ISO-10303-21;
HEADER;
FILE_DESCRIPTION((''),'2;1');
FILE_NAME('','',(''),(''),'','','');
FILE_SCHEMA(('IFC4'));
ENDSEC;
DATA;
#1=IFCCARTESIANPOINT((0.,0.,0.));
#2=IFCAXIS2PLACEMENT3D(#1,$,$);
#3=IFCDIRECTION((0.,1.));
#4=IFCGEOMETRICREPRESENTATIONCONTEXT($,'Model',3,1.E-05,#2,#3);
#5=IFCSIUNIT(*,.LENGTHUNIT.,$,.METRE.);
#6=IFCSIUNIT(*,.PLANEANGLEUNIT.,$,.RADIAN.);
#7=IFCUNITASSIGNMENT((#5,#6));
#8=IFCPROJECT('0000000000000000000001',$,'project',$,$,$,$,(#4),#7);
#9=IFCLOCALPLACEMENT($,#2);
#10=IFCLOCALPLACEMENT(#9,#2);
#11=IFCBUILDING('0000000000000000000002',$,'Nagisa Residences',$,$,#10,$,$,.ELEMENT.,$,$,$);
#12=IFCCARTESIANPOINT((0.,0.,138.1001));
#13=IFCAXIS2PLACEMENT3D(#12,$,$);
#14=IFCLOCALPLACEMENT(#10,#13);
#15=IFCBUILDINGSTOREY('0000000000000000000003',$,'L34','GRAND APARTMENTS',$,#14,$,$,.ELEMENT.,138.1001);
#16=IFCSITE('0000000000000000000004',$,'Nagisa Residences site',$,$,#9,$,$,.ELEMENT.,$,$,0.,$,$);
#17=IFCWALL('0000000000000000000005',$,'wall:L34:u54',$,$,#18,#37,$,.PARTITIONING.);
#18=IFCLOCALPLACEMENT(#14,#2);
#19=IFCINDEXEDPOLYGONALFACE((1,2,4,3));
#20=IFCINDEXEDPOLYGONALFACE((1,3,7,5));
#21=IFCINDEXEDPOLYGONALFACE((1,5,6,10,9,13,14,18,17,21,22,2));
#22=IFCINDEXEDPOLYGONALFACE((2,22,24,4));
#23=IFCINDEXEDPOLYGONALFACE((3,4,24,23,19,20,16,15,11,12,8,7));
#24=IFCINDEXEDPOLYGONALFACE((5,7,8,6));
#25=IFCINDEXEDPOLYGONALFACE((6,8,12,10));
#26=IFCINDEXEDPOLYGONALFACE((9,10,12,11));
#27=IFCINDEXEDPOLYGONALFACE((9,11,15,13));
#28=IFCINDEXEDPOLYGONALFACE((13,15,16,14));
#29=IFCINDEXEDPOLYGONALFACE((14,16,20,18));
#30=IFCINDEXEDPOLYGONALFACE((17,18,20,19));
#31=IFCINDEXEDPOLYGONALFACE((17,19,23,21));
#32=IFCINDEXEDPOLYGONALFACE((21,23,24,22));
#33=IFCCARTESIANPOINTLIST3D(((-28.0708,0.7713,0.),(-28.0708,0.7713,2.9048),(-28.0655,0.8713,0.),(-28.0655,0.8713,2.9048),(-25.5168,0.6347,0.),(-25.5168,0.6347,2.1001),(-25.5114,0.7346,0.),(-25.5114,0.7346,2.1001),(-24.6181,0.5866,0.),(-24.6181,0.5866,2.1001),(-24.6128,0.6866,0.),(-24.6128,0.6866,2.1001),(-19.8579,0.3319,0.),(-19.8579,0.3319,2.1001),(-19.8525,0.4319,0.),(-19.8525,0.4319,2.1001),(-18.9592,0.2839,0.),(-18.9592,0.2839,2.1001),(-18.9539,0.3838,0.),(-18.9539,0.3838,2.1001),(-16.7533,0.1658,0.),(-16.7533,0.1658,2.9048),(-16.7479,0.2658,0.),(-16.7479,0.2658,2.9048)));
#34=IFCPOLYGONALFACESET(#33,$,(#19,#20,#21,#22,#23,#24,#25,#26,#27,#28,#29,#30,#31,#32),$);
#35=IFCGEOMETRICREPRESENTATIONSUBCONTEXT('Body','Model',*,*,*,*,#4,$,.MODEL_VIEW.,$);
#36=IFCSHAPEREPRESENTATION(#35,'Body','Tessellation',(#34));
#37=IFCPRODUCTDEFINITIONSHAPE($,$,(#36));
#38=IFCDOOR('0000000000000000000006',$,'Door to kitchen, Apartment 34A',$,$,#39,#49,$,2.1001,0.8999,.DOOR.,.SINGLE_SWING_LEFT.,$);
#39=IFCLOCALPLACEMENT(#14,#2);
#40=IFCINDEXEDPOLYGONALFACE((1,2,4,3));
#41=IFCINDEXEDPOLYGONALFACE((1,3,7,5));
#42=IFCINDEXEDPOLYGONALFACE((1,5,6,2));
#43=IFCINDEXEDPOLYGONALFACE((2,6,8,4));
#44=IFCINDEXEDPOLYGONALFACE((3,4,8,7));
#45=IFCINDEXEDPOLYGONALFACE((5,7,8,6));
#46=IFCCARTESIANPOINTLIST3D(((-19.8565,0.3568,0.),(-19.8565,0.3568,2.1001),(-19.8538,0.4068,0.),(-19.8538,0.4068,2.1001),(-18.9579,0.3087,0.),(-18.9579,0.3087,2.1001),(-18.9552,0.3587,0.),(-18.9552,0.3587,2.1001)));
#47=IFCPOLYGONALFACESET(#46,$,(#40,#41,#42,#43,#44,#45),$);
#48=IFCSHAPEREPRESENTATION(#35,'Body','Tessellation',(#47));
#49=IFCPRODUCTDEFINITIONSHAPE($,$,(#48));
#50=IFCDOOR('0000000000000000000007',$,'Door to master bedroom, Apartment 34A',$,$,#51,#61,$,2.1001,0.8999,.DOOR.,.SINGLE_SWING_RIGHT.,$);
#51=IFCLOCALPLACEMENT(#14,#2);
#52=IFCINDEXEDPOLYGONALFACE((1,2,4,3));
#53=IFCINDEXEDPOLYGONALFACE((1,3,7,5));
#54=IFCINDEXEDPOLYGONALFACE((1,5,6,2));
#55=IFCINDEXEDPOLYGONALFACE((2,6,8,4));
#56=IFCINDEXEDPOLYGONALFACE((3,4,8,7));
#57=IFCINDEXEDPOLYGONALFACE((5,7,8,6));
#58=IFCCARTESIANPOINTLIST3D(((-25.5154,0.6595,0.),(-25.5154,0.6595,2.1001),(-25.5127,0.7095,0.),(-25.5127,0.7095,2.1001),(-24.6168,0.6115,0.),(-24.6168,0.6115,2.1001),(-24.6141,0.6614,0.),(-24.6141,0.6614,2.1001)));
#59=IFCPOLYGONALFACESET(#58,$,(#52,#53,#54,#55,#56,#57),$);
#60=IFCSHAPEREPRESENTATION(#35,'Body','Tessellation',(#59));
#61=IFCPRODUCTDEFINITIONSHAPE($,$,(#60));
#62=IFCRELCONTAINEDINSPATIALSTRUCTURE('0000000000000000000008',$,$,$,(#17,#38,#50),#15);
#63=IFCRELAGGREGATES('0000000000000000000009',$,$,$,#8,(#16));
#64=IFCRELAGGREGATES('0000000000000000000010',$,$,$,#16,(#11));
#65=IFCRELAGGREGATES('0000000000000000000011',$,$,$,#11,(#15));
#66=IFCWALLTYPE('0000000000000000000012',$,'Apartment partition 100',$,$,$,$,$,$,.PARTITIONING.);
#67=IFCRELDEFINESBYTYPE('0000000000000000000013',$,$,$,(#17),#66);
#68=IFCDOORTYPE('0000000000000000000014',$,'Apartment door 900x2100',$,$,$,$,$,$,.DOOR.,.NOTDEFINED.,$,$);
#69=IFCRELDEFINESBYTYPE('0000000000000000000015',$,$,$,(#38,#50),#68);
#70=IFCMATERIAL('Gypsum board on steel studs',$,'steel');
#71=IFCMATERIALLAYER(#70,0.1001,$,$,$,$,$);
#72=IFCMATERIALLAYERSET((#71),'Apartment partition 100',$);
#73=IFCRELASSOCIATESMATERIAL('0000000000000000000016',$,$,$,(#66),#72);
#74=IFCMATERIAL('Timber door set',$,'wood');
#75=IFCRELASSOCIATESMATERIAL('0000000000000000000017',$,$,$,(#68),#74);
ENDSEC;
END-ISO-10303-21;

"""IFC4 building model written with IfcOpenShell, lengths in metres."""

from ifc_helpers import new_model, si_unit, direction, frame, frame_2d, origin, place, context, subcontext, project, spatial, rectangle, extrude, material, layer, layer_set, type_object, element, fill, save


model = new_model("IFC4")

# Units and contexts
model_context = context("Model", 3, precision=1e-05, world=origin(), true_north=direction((0.0, 1.0)))
body_context = subcontext(model_context, "Body", "Model", "MODEL_VIEW")
ifc_project = project(units=[si_unit("LENGTHUNIT", "METRE"), si_unit("PLANEANGLEUNIT", "RADIAN")], contexts=[model_context])

# Site, building, storey
site_placement = place(None, origin())
site = spatial("IfcSite", under=ifc_project, at=site_placement, Name="Nagisa Residences site", CompositionType="ELEMENT", RefElevation=0.0)
building_placement = place(site_placement, origin())
building = spatial("IfcBuilding", under=site, at=building_placement, Name="Nagisa Residences", CompositionType="ELEMENT")
storey_placement = place(building_placement, frame((0.0, 0.0, 138.1001)))
storey = spatial("IfcBuildingStorey", under=building, at=storey_placement, Name="L34", Description="GRAND APARTMENTS", CompositionType="ELEMENT", Elevation=138.1001)

# Shared definitions
ifc_material_1 = material(Name="Gypsum board on steel studs", Category="steel")
ifc_layer_1 = layer(ifc_material_1, 0.1001)
ifc_layer_set_1 = layer_set([ifc_layer_1], Name="Apartment partition 100")
wall_type_1 = type_object("IfcWallType", Name="Apartment partition 100", PredefinedType="PARTITIONING", material=ifc_layer_set_1)

# Shared definitions
ifc_material_2 = material(Name="Timber door set", Category="wood")
door_type_1 = type_object("IfcDoorType", Name="Apartment door 900x2100", OperationType="NOTDEFINED", PredefinedType="DOOR", material=ifc_material_2)

# Wall, openings, doors
wall_1_placement = place(storey_placement, frame((-16.7505, 0.2158, 0.0), z_axis=(0.0, 0.0, 1.0), x_axis=(-0.998572, 0.053421, 0.0)))
wall_1 = element("IfcWall", 1, at=wall_1_placement, inside=storey, type_object=wall_type_1, Name="wall:L34:u54", PredefinedType="PARTITIONING", context=body_context, shape_type="SweptSolid", body=[
    extrude(rectangle(XDim=11.3337, YDim=0.1001, at=frame_2d((5.667, 0.0))), origin(), (0.0, 0.0, 1.0), 2.9048),
])
opening_1_placement = place(wall_1_placement, frame((2.2092, 0.0, 0.0)))
opening_1 = element("IfcOpeningElement", 2, at=opening_1_placement, cuts=wall_1, PredefinedType="OPENING", context=body_context, shape_type="SweptSolid", body=[
    extrude(rectangle(XDim=0.8999, YDim=2.1001, at=frame_2d((0.45, 1.05))), frame((0.0, 0.0601, 0.0), z_axis=(0.0, -1.0, 0.0), x_axis=(1.0, 0.0, 0.0)), (0.0, 0.0, 1.0), 0.1201),
])
opening_2_placement = place(wall_1_placement, frame((7.8762, 0.0, 0.0)))
opening_2 = element("IfcOpeningElement", 3, at=opening_2_placement, cuts=wall_1, PredefinedType="OPENING", context=body_context, shape_type="SweptSolid", body=[
    extrude(rectangle(XDim=0.8999, YDim=2.1001, at=frame_2d((0.45, 1.05))), frame((0.0, 0.0601, 0.0), z_axis=(0.0, -1.0, 0.0), x_axis=(1.0, 0.0, 0.0)), (0.0, 0.0, 1.0), 0.1201),
])
door_1_placement = place(opening_1_placement, frame((0.8999, 0.0, 0.0), x_axis=(-1.0, 0.0, 0.0)))
door_1 = element("IfcDoor", 4, at=door_1_placement, inside=storey, type_object=door_type_1, Name="Door to kitchen, Apartment 34A", OperationType="SINGLE_SWING_LEFT", OverallHeight=2.1001, OverallWidth=0.8999, PredefinedType="DOOR", context=body_context, shape_type="SweptSolid", body=[
    extrude(rectangle(XDim=0.8999, YDim=2.1001, at=frame_2d((0.45, 1.05))), frame((0.0, 0.0249, 0.0), z_axis=(0.0, -1.0, 0.0), x_axis=(1.0, 0.0, 0.0)), (0.0, 0.0, 1.0), 0.05),
])
fill(opening_1, door_1)
door_2_placement = place(opening_2_placement, frame((0.8999, 0.0, 0.0), x_axis=(-1.0, 0.0, 0.0)))
door_2 = element("IfcDoor", 5, at=door_2_placement, inside=storey, type_object=door_type_1, Name="Door to master bedroom, Apartment 34A", OperationType="SINGLE_SWING_RIGHT", OverallHeight=2.1001, OverallWidth=0.8999, PredefinedType="DOOR", context=body_context, shape_type="SweptSolid", body=[
    extrude(rectangle(XDim=0.8999, YDim=2.1001, at=frame_2d((0.45, 1.05))), frame((0.0, 0.0249, 0.0), z_axis=(0.0, -1.0, 0.0), x_axis=(1.0, 0.0, 0.0)), (0.0, 0.0, 1.0), 0.05),
])
fill(opening_2, door_2)

save(model, "model.ifc")
